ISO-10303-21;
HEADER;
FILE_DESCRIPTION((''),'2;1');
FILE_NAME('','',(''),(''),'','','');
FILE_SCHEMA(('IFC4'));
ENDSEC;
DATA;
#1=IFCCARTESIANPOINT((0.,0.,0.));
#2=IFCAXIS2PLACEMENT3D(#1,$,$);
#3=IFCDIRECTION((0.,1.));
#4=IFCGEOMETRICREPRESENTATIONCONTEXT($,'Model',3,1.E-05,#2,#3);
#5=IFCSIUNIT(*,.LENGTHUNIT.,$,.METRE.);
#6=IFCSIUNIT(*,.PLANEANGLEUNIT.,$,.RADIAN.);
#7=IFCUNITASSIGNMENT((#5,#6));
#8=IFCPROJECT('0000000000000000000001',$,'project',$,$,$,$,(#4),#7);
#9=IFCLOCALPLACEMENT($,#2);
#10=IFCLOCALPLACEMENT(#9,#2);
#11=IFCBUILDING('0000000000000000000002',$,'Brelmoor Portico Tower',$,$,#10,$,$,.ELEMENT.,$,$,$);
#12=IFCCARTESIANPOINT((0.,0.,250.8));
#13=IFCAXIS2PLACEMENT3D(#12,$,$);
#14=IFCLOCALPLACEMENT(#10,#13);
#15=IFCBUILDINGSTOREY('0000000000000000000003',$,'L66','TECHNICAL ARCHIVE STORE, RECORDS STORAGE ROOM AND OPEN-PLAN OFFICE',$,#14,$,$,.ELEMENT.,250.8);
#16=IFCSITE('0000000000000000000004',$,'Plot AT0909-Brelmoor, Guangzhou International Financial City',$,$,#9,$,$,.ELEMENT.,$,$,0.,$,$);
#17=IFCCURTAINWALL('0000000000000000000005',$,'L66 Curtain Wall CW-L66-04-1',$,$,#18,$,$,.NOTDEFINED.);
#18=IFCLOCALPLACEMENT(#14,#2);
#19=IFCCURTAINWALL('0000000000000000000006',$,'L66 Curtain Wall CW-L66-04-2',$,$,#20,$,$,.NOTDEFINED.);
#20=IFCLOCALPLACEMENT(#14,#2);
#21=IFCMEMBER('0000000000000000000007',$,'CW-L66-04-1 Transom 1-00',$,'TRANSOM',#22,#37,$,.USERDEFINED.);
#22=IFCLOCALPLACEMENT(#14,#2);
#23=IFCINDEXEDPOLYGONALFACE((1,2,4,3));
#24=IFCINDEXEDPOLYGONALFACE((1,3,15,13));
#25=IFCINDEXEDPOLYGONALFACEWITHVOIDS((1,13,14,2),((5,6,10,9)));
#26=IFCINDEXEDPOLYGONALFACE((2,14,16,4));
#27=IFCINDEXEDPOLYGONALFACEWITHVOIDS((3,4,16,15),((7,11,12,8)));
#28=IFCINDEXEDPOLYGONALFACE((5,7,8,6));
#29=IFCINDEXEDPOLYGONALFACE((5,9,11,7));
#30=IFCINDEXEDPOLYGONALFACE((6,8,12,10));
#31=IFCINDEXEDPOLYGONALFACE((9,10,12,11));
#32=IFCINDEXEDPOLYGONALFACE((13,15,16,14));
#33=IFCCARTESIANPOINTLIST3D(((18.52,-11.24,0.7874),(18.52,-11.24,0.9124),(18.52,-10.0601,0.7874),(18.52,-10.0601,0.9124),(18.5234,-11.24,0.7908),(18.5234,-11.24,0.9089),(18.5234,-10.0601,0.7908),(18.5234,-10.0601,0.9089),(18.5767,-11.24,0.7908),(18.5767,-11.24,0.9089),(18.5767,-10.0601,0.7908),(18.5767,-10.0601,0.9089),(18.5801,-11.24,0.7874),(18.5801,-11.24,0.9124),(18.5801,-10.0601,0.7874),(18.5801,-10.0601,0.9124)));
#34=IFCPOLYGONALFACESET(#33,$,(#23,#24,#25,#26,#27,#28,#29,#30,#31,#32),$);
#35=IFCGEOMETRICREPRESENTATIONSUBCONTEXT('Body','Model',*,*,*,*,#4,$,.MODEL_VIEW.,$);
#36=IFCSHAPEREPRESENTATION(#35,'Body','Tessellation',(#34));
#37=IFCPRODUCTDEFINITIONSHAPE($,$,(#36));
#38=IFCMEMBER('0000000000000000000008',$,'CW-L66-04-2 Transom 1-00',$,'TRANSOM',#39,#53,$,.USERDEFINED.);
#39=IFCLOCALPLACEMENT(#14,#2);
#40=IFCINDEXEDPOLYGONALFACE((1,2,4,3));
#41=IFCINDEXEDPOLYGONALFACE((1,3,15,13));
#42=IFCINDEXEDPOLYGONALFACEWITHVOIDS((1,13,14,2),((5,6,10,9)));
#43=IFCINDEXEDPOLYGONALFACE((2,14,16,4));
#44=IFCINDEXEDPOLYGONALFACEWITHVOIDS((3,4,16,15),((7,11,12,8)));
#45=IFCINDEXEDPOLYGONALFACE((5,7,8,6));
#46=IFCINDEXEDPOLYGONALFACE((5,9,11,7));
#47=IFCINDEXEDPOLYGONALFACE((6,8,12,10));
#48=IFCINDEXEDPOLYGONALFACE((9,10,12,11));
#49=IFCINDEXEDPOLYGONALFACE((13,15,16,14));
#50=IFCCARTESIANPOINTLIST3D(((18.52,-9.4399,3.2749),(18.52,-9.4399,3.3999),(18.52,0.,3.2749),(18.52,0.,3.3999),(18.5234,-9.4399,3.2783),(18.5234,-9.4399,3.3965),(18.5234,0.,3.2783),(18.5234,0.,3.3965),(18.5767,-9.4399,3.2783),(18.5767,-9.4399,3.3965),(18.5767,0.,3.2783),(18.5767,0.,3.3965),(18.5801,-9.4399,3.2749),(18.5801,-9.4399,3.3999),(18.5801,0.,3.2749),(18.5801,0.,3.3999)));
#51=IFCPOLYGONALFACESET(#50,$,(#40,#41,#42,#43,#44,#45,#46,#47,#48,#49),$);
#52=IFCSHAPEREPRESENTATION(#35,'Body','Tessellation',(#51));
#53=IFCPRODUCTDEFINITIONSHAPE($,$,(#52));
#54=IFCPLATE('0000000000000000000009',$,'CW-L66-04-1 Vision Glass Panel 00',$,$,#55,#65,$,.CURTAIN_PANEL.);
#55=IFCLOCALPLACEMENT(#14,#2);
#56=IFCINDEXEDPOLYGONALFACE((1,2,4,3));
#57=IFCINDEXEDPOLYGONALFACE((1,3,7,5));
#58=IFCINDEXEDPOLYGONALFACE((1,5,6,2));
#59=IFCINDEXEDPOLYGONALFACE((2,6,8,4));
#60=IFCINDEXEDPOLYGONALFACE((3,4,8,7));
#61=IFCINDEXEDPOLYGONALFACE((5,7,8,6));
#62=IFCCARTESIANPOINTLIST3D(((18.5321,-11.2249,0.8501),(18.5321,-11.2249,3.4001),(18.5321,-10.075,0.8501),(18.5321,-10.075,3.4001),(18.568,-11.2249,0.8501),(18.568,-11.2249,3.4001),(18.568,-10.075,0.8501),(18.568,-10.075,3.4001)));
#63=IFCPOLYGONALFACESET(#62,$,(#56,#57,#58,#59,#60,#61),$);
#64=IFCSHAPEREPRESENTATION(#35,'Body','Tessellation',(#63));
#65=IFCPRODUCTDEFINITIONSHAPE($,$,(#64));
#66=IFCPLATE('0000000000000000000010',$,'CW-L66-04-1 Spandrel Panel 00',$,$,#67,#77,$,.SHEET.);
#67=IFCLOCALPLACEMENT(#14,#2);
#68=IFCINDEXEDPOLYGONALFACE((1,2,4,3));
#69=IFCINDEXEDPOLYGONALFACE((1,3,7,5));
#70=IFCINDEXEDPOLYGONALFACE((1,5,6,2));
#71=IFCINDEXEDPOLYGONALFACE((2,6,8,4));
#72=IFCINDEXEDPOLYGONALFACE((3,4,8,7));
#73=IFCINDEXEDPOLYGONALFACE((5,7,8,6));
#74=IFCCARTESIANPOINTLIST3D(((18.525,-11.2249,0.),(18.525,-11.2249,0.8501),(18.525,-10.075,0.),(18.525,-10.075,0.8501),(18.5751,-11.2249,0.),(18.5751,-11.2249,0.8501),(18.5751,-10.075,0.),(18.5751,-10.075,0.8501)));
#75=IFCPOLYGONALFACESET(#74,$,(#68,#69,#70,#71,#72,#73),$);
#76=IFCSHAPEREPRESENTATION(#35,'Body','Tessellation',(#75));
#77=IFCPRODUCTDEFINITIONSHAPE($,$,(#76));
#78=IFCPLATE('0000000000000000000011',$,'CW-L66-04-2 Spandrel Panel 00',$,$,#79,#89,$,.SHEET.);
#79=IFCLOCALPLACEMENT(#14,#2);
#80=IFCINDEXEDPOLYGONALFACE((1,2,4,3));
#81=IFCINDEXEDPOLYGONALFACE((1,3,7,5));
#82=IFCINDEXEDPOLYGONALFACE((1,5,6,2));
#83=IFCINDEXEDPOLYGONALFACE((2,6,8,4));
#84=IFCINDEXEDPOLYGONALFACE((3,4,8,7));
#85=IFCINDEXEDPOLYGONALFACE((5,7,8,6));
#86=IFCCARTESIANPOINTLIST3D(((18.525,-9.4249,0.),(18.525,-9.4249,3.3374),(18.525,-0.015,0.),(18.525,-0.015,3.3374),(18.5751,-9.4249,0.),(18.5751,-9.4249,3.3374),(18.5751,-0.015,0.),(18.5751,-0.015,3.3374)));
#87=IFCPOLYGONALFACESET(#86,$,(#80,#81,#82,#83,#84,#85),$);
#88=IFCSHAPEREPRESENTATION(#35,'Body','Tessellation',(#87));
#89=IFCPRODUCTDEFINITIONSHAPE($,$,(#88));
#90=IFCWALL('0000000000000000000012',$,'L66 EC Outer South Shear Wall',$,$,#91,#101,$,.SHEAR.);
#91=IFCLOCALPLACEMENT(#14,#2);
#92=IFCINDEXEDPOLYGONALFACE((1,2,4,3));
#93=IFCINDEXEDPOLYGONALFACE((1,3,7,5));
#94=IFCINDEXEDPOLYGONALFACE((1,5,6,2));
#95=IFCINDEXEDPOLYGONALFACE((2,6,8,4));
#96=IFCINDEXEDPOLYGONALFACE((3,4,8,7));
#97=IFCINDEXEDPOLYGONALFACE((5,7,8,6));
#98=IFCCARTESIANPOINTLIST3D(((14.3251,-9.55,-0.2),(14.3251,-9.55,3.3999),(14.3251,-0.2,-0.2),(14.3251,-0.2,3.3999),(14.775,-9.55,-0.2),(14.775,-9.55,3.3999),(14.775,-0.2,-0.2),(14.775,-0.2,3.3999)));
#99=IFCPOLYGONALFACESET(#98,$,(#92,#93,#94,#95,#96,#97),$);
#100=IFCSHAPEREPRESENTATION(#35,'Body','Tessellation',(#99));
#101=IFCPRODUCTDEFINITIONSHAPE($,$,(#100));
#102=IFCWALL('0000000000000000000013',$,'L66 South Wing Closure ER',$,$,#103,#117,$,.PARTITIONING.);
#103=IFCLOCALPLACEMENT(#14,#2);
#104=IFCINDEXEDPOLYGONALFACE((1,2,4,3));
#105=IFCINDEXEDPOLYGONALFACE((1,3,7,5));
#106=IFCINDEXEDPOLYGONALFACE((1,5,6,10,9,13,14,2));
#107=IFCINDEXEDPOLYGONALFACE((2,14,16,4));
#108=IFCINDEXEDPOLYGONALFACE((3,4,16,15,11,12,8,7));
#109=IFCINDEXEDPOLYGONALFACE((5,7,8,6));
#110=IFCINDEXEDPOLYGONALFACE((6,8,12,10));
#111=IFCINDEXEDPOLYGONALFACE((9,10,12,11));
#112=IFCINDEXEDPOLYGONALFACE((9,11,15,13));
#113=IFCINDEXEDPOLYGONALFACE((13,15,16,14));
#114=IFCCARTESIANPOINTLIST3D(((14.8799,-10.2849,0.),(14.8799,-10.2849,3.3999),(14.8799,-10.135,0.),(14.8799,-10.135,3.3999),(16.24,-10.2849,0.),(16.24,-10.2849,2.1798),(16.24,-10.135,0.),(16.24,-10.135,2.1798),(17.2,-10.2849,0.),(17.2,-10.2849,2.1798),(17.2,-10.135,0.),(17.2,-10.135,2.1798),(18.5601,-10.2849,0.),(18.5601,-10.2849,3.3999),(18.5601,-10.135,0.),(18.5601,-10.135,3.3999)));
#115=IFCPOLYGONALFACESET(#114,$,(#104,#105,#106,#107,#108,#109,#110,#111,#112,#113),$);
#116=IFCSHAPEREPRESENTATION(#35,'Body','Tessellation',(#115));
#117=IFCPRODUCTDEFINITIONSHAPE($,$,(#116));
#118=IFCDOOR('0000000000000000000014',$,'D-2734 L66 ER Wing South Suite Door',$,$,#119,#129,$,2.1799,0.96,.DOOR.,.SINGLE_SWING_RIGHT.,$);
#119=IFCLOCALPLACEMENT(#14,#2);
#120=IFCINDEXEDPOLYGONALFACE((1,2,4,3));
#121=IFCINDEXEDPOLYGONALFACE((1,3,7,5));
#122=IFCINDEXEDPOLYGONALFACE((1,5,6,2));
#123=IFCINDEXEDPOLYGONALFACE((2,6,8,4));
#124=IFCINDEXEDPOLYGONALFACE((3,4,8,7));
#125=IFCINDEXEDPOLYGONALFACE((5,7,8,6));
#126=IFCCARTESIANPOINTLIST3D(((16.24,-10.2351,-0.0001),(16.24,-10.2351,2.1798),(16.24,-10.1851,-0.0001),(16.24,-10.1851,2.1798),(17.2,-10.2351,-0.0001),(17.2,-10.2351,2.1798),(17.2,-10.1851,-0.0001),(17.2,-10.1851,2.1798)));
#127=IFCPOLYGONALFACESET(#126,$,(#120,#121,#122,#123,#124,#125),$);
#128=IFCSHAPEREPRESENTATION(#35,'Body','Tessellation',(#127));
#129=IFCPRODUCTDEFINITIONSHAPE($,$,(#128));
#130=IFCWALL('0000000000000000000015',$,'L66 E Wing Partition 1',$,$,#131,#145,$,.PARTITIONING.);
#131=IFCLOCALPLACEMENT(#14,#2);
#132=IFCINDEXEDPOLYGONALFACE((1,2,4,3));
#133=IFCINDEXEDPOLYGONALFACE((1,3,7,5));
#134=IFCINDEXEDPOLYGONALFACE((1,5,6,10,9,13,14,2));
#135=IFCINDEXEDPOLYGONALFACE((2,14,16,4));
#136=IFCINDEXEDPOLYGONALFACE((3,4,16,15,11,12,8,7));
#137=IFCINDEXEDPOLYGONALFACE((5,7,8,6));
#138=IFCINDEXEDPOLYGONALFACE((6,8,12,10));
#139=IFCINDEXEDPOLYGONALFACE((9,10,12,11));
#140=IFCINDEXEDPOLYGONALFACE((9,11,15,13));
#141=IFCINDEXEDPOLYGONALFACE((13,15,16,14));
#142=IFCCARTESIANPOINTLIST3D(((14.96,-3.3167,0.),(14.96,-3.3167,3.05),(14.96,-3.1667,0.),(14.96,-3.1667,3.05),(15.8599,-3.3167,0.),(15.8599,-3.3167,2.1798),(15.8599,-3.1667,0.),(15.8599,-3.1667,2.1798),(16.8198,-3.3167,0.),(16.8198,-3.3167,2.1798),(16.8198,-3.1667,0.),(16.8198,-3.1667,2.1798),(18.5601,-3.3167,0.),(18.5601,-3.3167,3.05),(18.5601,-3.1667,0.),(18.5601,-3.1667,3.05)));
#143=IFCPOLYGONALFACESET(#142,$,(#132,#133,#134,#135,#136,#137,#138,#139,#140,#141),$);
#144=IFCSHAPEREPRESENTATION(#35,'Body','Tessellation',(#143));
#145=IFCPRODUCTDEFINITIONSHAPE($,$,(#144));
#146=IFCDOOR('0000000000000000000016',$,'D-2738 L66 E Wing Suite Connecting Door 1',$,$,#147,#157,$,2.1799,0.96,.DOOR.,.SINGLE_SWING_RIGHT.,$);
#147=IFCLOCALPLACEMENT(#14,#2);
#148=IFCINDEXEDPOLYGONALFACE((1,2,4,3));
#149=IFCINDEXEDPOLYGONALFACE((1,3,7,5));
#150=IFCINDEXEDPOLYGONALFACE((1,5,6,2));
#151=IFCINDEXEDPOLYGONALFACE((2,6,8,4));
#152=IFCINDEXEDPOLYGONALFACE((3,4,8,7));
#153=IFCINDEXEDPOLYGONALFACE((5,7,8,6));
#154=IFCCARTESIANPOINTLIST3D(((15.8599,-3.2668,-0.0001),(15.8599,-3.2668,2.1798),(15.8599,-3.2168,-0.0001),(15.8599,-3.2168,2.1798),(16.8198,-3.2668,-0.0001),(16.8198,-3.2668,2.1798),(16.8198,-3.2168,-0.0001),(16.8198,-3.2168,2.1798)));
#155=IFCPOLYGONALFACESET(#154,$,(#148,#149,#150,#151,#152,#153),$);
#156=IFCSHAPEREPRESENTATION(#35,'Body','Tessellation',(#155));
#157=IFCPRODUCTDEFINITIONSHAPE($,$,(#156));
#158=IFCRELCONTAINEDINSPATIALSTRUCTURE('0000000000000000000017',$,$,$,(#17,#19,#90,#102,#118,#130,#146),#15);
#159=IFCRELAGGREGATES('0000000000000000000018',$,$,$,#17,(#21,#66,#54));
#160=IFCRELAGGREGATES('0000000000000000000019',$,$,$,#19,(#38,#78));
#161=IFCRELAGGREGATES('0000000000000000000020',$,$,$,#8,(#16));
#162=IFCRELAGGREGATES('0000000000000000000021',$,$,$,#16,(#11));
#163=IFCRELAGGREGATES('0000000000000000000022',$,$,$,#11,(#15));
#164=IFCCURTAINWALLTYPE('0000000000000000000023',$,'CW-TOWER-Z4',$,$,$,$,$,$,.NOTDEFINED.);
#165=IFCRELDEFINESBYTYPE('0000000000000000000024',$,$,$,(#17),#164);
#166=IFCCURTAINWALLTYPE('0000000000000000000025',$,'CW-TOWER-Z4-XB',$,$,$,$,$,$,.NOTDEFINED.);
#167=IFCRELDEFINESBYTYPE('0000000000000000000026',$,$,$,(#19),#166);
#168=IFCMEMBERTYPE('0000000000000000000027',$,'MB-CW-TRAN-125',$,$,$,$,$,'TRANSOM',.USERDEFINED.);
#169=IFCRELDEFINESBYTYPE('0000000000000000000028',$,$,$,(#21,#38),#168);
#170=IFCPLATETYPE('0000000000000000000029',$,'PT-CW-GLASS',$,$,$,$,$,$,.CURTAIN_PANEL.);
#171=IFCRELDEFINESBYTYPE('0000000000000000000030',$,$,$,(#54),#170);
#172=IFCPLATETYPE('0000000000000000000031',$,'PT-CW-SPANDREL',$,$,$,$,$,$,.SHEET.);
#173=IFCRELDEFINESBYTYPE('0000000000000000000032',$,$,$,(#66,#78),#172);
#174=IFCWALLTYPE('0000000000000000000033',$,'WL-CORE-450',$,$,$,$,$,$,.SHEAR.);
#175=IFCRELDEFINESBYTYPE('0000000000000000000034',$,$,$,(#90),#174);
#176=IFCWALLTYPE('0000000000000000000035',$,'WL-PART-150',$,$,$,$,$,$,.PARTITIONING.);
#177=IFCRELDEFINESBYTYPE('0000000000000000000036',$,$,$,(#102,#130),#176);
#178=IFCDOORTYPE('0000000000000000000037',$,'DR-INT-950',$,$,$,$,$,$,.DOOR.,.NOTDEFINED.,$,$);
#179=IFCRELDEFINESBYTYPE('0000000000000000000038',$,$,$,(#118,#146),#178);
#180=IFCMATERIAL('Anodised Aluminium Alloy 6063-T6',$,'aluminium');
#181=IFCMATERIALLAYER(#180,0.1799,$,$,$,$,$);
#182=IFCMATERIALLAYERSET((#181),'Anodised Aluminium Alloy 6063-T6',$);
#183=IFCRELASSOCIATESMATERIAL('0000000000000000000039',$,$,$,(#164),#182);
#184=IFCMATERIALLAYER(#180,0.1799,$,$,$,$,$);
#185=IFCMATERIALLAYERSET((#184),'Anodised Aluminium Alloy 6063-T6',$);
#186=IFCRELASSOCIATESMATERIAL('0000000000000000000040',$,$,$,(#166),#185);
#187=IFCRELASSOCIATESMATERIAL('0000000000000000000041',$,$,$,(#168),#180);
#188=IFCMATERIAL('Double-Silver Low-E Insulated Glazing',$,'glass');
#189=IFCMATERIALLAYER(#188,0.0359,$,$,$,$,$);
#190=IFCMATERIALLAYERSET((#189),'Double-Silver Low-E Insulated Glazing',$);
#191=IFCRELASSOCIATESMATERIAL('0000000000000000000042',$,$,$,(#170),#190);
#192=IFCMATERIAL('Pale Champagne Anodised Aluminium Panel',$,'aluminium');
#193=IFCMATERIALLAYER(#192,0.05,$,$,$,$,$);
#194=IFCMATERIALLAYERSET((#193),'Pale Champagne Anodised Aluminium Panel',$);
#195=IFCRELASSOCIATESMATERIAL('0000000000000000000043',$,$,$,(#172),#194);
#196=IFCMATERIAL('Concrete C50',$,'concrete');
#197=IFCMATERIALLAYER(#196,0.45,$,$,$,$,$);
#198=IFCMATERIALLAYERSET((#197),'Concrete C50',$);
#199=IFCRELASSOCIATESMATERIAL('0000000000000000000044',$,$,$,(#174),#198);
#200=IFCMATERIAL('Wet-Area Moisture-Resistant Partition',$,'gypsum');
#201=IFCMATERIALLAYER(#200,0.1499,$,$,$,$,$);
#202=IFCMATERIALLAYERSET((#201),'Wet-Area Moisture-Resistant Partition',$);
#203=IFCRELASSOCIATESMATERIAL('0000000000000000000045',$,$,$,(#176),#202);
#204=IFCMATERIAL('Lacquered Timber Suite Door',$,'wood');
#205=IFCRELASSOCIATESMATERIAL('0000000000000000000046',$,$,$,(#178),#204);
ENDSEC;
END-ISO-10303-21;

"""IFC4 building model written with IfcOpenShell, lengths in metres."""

from ifc_helpers import new_model, si_unit, direction, frame, frame_2d, origin, origin_2d, place, context, subcontext, project, spatial, rectangle, hollow_rectangle, extrude, material, layer, layer_set, material_profile, profile_set, type_object, element, fill, aggregate, save


model = new_model("IFC4")

# Units and contexts
model_context = context("Model", 3, precision=1e-05, world=origin(), true_north=direction((0.0, 1.0)))
body_context = subcontext(model_context, "Body", "Model", "MODEL_VIEW")
ifc_project = project(units=[si_unit("LENGTHUNIT", "METRE"), si_unit("PLANEANGLEUNIT", "RADIAN")], contexts=[model_context])

# Site, building, storey
site_placement = place(None, origin())
site = spatial("IfcSite", under=ifc_project, at=site_placement, Name="Plot AT0909-Brelmoor, Guangzhou International Financial City", CompositionType="ELEMENT", RefElevation=0.0)
building_placement = place(site_placement, origin())
building = spatial("IfcBuilding", under=site, at=building_placement, Name="Brelmoor Portico Tower", CompositionType="ELEMENT")
storey_placement = place(building_placement, frame((0.0, 0.0, 250.8)))
storey = spatial("IfcBuildingStorey", under=building, at=storey_placement, Name="L66", Description="TECHNICAL ARCHIVE STORE, RECORDS STORAGE ROOM AND OPEN-PLAN OFFICE", CompositionType="ELEMENT", Elevation=250.8)

# Curtain walls
ifc_material_1 = material(Name="Anodised Aluminium Alloy 6063-T6", Category="aluminium")
ifc_layer_1 = layer(ifc_material_1, 0.1799)
ifc_layer_set_1 = layer_set([ifc_layer_1], Name="Anodised Aluminium Alloy 6063-T6")
curtain_wall_type_1 = type_object("IfcCurtainWallType", Name="CW-TOWER-Z4", PredefinedType="NOTDEFINED", material=ifc_layer_set_1)
curtain_wall_1_placement = place(storey_placement, origin())
curtain_wall_1 = element("IfcCurtainWall", 1, at=curtain_wall_1_placement, inside=storey, type_object=curtain_wall_type_1, Name="L66 Curtain Wall CW-L66-04-1", PredefinedType="NOTDEFINED")
ifc_layer_2 = layer(ifc_material_1, 0.1799)
ifc_layer_set_2 = layer_set([ifc_layer_2], Name="Anodised Aluminium Alloy 6063-T6")
curtain_wall_type_2 = type_object("IfcCurtainWallType", Name="CW-TOWER-Z4-XB", PredefinedType="NOTDEFINED", material=ifc_layer_set_2)
curtain_wall_2_placement = place(storey_placement, origin())
curtain_wall_2 = element("IfcCurtainWall", 2, at=curtain_wall_2_placement, inside=storey, type_object=curtain_wall_type_2, Name="L66 Curtain Wall CW-L66-04-2", PredefinedType="NOTDEFINED")

# Members
ifc_material_profile_1 = material_profile(ifc_material_1, hollow_rectangle(XDim=0.0601, YDim=0.125, WallThickness=0.0034, at=origin_2d()), Name="ALU TRANSOM 60x125")
ifc_profile_set_1 = profile_set([ifc_material_profile_1], Name="Anodised Aluminium Alloy 6063-T6")
member_type_1 = type_object("IfcMemberType", Name="MB-CW-TRAN-125", ElementType="TRANSOM", PredefinedType="USERDEFINED", material=ifc_profile_set_1)
member_1_placement = place(storey_placement, frame((18.55, -11.24, 0.8499), z_axis=(0.0, 1.0, 0.0), x_axis=(-1.0, 0.0, 0.0)))
member_1 = element("IfcMember", 3, at=member_1_placement, type_object=member_type_1, Name="CW-L66-04-1 Transom 1-00", ObjectType="TRANSOM", PredefinedType="USERDEFINED", context=body_context, shape_type="SweptSolid", body=[
    extrude(hollow_rectangle(XDim=0.0601, YDim=0.125, WallThickness=0.0034, at=origin_2d()), origin(), (0.0, 0.0, 1.0), 1.1799),
])
member_2_placement = place(storey_placement, frame((18.55, -9.4399, 3.3374), z_axis=(0.0, 1.0, 0.0), x_axis=(-1.0, 0.0, 0.0)))
member_2 = element("IfcMember", 4, at=member_2_placement, type_object=member_type_1, Name="CW-L66-04-2 Transom 1-00", ObjectType="TRANSOM", PredefinedType="USERDEFINED", context=body_context, shape_type="SweptSolid", body=[
    extrude(hollow_rectangle(XDim=0.0601, YDim=0.125, WallThickness=0.0034, at=origin_2d()), origin(), (0.0, 0.0, 1.0), 9.4399),
])

# Plates
ifc_material_2 = material(Name="Double-Silver Low-E Insulated Glazing", Category="glass")
ifc_layer_3 = layer(ifc_material_2, 0.0359)
ifc_layer_set_3 = layer_set([ifc_layer_3], Name="Double-Silver Low-E Insulated Glazing")
plate_type_1 = type_object("IfcPlateType", Name="PT-CW-GLASS", PredefinedType="CURTAIN_PANEL", material=ifc_layer_set_3)
plate_1_placement = place(storey_placement, frame((18.55, -10.6499, 0.8501), z_axis=(0.0, 0.0, 1.0), x_axis=(0.0, 1.0, 0.0)))
plate_1 = element("IfcPlate", 5, at=plate_1_placement, type_object=plate_type_1, Name="CW-L66-04-1 Vision Glass Panel 00", PredefinedType="CURTAIN_PANEL", context=body_context, shape_type="SweptSolid", body=[
    extrude(rectangle(XDim=1.1499, YDim=0.0359, at=origin_2d()), origin(), (0.0, 0.0, 1.0), 2.55),
])
ifc_material_3 = material(Name="Pale Champagne Anodised Aluminium Panel", Category="aluminium")
ifc_layer_4 = layer(ifc_material_3, 0.05)
ifc_layer_set_4 = layer_set([ifc_layer_4], Name="Pale Champagne Anodised Aluminium Panel")
plate_type_2 = type_object("IfcPlateType", Name="PT-CW-SPANDREL", PredefinedType="SHEET", material=ifc_layer_set_4)
plate_2_placement = place(storey_placement, frame((18.55, -10.6499, 0.0), z_axis=(0.0, 0.0, 1.0), x_axis=(0.0, 1.0, 0.0)))
plate_2 = element("IfcPlate", 6, at=plate_2_placement, type_object=plate_type_2, Name="CW-L66-04-1 Spandrel Panel 00", PredefinedType="SHEET", context=body_context, shape_type="SweptSolid", body=[
    extrude(rectangle(XDim=1.1499, YDim=0.05, at=origin_2d()), origin(), (0.0, 0.0, 1.0), 0.8501),
])
aggregate(curtain_wall_1, [member_1, plate_2, plate_1])
plate_3_placement = place(storey_placement, frame((18.55, -4.72, 0.0), z_axis=(0.0, 0.0, 1.0), x_axis=(0.0, 1.0, 0.0)))
plate_3 = element("IfcPlate", 7, at=plate_3_placement, type_object=plate_type_2, Name="CW-L66-04-2 Spandrel Panel 00", PredefinedType="SHEET", context=body_context, shape_type="SweptSolid", body=[
    extrude(rectangle(XDim=9.4099, YDim=0.05, at=origin_2d()), origin(), (0.0, 0.0, 1.0), 3.3374),
])
aggregate(curtain_wall_2, [member_2, plate_3])

# Wall
ifc_material_4 = material(Name="Concrete C50", Category="concrete")
ifc_layer_5 = layer(ifc_material_4, 0.45)
ifc_layer_set_5 = layer_set([ifc_layer_5], Name="Concrete C50")
wall_type_1 = type_object("IfcWallType", Name="WL-CORE-450", PredefinedType="SHEAR", material=ifc_layer_set_5)
wall_1_placement = place(storey_placement, frame((14.55, -9.55, -0.2), z_axis=(0.0, 0.0, 1.0), x_axis=(0.0, 1.0, 0.0)))
element("IfcWall", 8, at=wall_1_placement, inside=storey, type_object=wall_type_1, Name="L66 EC Outer South Shear Wall", PredefinedType="SHEAR", context=body_context, shape_type="SweptSolid", body=[
    extrude(rectangle(XDim=9.3501, YDim=0.45, at=frame_2d((4.675, 0.0))), origin(), (0.0, 0.0, 1.0), 3.5999),
])

# Walls, openings, doors
ifc_material_5 = material(Name="Wet-Area Moisture-Resistant Partition", Category="gypsum")
ifc_layer_6 = layer(ifc_material_5, 0.1499)
ifc_layer_set_6 = layer_set([ifc_layer_6], Name="Wet-Area Moisture-Resistant Partition")
wall_type_2 = type_object("IfcWallType", Name="WL-PART-150", PredefinedType="PARTITIONING", material=ifc_layer_set_6)
wall_2_placement = place(storey_placement, frame((14.8799, -10.21, 0.0), z_axis=(0.0, 0.0, 1.0), x_axis=(1.0, 0.0, 0.0)))
wall_2 = element("IfcWall", 9, at=wall_2_placement, inside=storey, type_object=wall_type_2, Name="L66 South Wing Closure ER", PredefinedType="PARTITIONING", context=body_context, shape_type="SweptSolid", body=[
    extrude(rectangle(XDim=3.6802, YDim=0.1499, at=frame_2d((1.8401, 0.0))), origin(), (0.0, 0.0, 1.0), 3.3999),
])
opening_1_placement = place(wall_2_placement, frame((1.3601, 0.0, 0.0)))
opening_1 = element("IfcOpeningElement", 10, at=opening_1_placement, cuts=wall_2, PredefinedType="OPENING", context=body_context, shape_type="SweptSolid", body=[
    extrude(rectangle(XDim=0.96, YDim=2.1799, at=frame_2d((0.48, 1.0898))), frame((0.0, 0.085, 0.0), z_axis=(0.0, -1.0, 0.0), x_axis=(1.0, 0.0, 0.0)), (0.0, 0.0, 1.0), 0.1699),
])
ifc_material_6 = material(Name="Lacquered Timber Suite Door", Category="wood")
door_type_1 = type_object("IfcDoorType", Name="DR-INT-950", OperationType="NOTDEFINED", PredefinedType="DOOR", material=ifc_material_6)
door_1_placement = place(opening_1_placement, origin())
door_1 = element("IfcDoor", 11, at=door_1_placement, inside=storey, type_object=door_type_1, Name="D-2734 L66 ER Wing South Suite Door", OperationType="SINGLE_SWING_RIGHT", OverallHeight=2.1799, OverallWidth=0.96, PredefinedType="DOOR", context=body_context, shape_type="SweptSolid", body=[
    extrude(rectangle(XDim=0.96, YDim=2.1799, at=frame_2d((0.48, 1.0898))), frame((0.0, 0.0249, 0.0), z_axis=(0.0, -1.0, 0.0), x_axis=(1.0, 0.0, 0.0)), (0.0, 0.0, 1.0), 0.05),
])
fill(opening_1, door_1)
wall_3_placement = place(storey_placement, frame((14.96, -3.2417, 0.0), z_axis=(0.0, 0.0, 1.0), x_axis=(1.0, 0.0, 0.0)))
wall_3 = element("IfcWall", 12, at=wall_3_placement, inside=storey, type_object=wall_type_2, Name="L66 E Wing Partition 1", PredefinedType="PARTITIONING", context=body_context, shape_type="SweptSolid", body=[
    extrude(rectangle(XDim=3.6001, YDim=0.1499, at=frame_2d((1.8, 0.0))), origin(), (0.0, 0.0, 1.0), 3.05),
])
opening_2_placement = place(wall_3_placement, frame((0.8999, 0.0, 0.0)))
opening_2 = element("IfcOpeningElement", 13, at=opening_2_placement, cuts=wall_3, PredefinedType="OPENING", context=body_context, shape_type="SweptSolid", body=[
    extrude(rectangle(XDim=0.96, YDim=2.1799, at=frame_2d((0.48, 1.0898))), frame((0.0, 0.085, 0.0), z_axis=(0.0, -1.0, 0.0), x_axis=(1.0, 0.0, 0.0)), (0.0, 0.0, 1.0), 0.1699),
])
door_2_placement = place(opening_2_placement, origin())
door_2 = element("IfcDoor", 14, at=door_2_placement, inside=storey, type_object=door_type_1, Name="D-2738 L66 E Wing Suite Connecting Door 1", OperationType="SINGLE_SWING_RIGHT", OverallHeight=2.1799, OverallWidth=0.96, PredefinedType="DOOR", context=body_context, shape_type="SweptSolid", body=[
    extrude(rectangle(XDim=0.96, YDim=2.1799, at=frame_2d((0.48, 1.0898))), frame((0.0, 0.0249, 0.0), z_axis=(0.0, -1.0, 0.0), x_axis=(1.0, 0.0, 0.0)), (0.0, 0.0, 1.0), 0.05),
])
fill(opening_2, door_2)

save(model, "model.ifc")
